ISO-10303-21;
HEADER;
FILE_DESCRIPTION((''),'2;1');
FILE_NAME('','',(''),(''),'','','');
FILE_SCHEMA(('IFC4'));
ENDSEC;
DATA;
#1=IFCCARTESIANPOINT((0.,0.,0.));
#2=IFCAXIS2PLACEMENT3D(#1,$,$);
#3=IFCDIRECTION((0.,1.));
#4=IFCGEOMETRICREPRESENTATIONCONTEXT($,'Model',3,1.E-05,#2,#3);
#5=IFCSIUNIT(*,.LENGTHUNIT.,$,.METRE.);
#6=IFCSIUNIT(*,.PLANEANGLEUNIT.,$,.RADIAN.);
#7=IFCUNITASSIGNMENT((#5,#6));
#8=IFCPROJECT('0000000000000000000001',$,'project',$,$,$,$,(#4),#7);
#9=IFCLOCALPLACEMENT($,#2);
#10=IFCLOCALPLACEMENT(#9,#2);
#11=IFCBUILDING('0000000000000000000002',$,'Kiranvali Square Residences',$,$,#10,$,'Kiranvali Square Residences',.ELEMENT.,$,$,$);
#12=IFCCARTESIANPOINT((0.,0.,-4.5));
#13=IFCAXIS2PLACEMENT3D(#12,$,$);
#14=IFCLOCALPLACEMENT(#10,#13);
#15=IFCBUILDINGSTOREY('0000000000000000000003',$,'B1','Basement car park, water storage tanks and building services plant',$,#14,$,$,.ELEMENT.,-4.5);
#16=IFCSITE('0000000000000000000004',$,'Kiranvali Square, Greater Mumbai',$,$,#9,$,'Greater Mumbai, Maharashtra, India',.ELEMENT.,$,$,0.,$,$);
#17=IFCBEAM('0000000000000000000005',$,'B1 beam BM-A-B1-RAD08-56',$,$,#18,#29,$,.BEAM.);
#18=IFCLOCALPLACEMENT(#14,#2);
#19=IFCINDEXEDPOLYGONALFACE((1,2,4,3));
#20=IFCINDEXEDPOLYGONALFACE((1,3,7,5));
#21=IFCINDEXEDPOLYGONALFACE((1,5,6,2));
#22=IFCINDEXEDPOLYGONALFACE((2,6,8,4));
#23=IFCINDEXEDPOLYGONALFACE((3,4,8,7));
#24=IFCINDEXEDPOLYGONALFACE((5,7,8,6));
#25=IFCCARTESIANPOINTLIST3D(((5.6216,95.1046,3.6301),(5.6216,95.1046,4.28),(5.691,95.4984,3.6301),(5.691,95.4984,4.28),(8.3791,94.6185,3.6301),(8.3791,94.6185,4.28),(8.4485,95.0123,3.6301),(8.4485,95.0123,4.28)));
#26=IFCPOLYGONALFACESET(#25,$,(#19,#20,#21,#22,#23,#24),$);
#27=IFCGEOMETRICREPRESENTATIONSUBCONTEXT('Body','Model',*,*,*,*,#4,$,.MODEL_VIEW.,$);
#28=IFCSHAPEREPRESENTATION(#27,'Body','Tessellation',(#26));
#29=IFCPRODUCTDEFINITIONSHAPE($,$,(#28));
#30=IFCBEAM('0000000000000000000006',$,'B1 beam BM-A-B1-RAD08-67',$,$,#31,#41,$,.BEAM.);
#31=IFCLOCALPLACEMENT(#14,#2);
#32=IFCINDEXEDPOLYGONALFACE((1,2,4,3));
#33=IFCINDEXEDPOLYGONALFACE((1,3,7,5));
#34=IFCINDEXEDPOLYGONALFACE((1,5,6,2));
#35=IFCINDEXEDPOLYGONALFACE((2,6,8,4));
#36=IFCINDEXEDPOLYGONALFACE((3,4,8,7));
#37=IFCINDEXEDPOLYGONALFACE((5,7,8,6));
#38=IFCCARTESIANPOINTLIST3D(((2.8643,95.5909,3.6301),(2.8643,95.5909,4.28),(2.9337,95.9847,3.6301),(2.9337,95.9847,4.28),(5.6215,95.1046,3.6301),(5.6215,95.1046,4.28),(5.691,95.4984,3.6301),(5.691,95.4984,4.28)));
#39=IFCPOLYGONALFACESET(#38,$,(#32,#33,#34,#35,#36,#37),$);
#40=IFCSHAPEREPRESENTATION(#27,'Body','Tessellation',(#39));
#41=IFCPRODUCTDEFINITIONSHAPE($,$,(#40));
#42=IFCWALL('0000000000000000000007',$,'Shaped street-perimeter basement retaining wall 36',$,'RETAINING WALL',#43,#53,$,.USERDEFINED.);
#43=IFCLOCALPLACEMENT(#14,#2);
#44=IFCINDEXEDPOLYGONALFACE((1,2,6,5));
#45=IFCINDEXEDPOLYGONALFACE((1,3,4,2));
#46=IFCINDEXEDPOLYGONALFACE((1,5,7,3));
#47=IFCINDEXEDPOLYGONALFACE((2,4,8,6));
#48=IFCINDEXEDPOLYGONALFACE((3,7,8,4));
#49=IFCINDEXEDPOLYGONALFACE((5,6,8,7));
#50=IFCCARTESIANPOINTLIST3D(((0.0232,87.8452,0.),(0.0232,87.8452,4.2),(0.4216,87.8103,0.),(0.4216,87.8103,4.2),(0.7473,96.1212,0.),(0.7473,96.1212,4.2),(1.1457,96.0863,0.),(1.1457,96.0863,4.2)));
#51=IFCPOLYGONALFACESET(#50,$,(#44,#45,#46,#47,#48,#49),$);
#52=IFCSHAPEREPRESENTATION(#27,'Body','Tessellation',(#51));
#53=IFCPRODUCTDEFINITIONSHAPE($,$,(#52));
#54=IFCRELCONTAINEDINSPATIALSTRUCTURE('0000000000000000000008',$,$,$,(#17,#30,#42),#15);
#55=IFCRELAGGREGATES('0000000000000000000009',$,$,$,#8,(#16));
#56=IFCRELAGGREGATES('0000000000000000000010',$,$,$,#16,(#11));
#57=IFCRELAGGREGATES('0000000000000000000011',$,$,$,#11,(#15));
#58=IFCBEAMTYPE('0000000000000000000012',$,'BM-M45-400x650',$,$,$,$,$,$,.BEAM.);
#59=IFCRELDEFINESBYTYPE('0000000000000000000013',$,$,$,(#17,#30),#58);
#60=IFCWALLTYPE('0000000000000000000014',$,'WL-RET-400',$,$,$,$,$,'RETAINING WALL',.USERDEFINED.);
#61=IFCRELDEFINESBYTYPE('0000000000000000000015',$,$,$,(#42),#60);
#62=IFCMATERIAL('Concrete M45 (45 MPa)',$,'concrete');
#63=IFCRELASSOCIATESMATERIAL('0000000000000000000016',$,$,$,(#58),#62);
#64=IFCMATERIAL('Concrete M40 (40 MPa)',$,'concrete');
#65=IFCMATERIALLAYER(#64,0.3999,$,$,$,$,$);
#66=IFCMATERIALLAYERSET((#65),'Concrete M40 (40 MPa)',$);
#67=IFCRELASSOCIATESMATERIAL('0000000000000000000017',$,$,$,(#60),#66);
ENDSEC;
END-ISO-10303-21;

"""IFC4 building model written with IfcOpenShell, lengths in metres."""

from ifc_helpers import new_model, si_unit, direction, frame, frame_2d, origin, origin_2d, place, context, subcontext, project, spatial, rectangle, extrude, material, layer, layer_set, material_profile, profile_set, type_object, element, save


model = new_model("IFC4")

# Units and contexts
model_context = context("Model", 3, precision=1e-05, world=origin(), true_north=direction((0.0, 1.0)))
body_context = subcontext(model_context, "Body", "Model", "MODEL_VIEW")
ifc_project = project(units=[si_unit("LENGTHUNIT", "METRE"), si_unit("PLANEANGLEUNIT", "RADIAN")], contexts=[model_context])

# Site, building, storey
site_placement = place(None, origin())
site = spatial("IfcSite", under=ifc_project, at=site_placement, Name="Kiranvali Square, Greater Mumbai", LongName="Greater Mumbai, Maharashtra, India", CompositionType="ELEMENT", RefElevation=0.0)
building_placement = place(site_placement, origin())
building = spatial("IfcBuilding", under=site, at=building_placement, Name="Kiranvali Square Residences", LongName="Kiranvali Square Residences", CompositionType="ELEMENT")
storey_placement = place(building_placement, frame((0.0, 0.0, -4.5)))
storey = spatial("IfcBuildingStorey", under=building, at=storey_placement, Name="B1", Description="Basement car park, water storage tanks and building services plant", CompositionType="ELEMENT", Elevation=-4.5)

# Shared definitions
ifc_material_1 = material(Name="Concrete M40 (40 MPa)", Category="concrete")

# Beams
ifc_material_2 = material(Name="Concrete M45 (45 MPa)", Category="concrete")
ifc_material_profile_1 = material_profile(ifc_material_2, rectangle(XDim=0.3999, YDim=0.6499, at=origin_2d()), Name="RC 400x650")
ifc_profile_set_1 = profile_set([ifc_material_profile_1], Name="Concrete M45 (45 MPa)")
beam_type = type_object("IfcBeamType", Name="BM-M45-400x650", PredefinedType="BEAM", material=ifc_profile_set_1)
for number, where, z_axis, x_axis, name in (
    (1, (8.4138, 94.8154, 3.9551), (-0.984817, 0.173596, 0.0), (-0.173596, -0.984817, 0.0), "B1 beam BM-A-B1-RAD08-56"),
):
    element("IfcBeam", number, at=place(storey_placement, frame(where, z_axis=z_axis, x_axis=x_axis)), inside=storey, type_object=beam_type, Name=name, PredefinedType="BEAM", context=body_context, shape_type="SweptSolid", body=[
        extrude(rectangle(XDim=0.3999, YDim=0.6499, at=origin_2d()), origin(), (0.0, 0.0, 1.0), 2.8),
    ])
beam_1_placement = place(storey_placement, frame((5.6562, 95.3015, 3.9551), z_axis=(-0.984799, 0.173696, 0.0), x_axis=(-0.173696, -0.984799, 0.0)))
element("IfcBeam", 2, at=beam_1_placement, inside=storey, type_object=beam_type, Name="B1 beam BM-A-B1-RAD08-67", PredefinedType="BEAM", context=body_context, shape_type="SweptSolid", body=[
    extrude(rectangle(XDim=0.3999, YDim=0.6499, at=origin_2d()), origin(), (0.0, 0.0, 1.0), 2.7998),
])

# Wall
ifc_layer = layer(ifc_material_1, 0.3999)
ifc_layer_set = layer_set([ifc_layer], Name="Concrete M40 (40 MPa)")
wall_type = type_object("IfcWallType", Name="WL-RET-400", ElementType="RETAINING WALL", PredefinedType="USERDEFINED", material=ifc_layer_set)
wall_placement = place(storey_placement, frame((0.9465, 96.1038, 0.0), z_axis=(0.0, 0.0, 1.0), x_axis=(-0.087165, -0.996194, 0.0)))
element("IfcWall", 3, at=wall_placement, inside=storey, type_object=wall_type, Name="Shaped street-perimeter basement retaining wall 36", ObjectType="RETAINING WALL", PredefinedType="USERDEFINED", context=body_context, shape_type="SweptSolid", body=[
    extrude(rectangle(XDim=8.3076, YDim=0.3999, at=frame_2d((4.1538, 0.0))), origin(), (0.0, 0.0, 1.0), 4.2),
])

save(model, "model.ifc")
